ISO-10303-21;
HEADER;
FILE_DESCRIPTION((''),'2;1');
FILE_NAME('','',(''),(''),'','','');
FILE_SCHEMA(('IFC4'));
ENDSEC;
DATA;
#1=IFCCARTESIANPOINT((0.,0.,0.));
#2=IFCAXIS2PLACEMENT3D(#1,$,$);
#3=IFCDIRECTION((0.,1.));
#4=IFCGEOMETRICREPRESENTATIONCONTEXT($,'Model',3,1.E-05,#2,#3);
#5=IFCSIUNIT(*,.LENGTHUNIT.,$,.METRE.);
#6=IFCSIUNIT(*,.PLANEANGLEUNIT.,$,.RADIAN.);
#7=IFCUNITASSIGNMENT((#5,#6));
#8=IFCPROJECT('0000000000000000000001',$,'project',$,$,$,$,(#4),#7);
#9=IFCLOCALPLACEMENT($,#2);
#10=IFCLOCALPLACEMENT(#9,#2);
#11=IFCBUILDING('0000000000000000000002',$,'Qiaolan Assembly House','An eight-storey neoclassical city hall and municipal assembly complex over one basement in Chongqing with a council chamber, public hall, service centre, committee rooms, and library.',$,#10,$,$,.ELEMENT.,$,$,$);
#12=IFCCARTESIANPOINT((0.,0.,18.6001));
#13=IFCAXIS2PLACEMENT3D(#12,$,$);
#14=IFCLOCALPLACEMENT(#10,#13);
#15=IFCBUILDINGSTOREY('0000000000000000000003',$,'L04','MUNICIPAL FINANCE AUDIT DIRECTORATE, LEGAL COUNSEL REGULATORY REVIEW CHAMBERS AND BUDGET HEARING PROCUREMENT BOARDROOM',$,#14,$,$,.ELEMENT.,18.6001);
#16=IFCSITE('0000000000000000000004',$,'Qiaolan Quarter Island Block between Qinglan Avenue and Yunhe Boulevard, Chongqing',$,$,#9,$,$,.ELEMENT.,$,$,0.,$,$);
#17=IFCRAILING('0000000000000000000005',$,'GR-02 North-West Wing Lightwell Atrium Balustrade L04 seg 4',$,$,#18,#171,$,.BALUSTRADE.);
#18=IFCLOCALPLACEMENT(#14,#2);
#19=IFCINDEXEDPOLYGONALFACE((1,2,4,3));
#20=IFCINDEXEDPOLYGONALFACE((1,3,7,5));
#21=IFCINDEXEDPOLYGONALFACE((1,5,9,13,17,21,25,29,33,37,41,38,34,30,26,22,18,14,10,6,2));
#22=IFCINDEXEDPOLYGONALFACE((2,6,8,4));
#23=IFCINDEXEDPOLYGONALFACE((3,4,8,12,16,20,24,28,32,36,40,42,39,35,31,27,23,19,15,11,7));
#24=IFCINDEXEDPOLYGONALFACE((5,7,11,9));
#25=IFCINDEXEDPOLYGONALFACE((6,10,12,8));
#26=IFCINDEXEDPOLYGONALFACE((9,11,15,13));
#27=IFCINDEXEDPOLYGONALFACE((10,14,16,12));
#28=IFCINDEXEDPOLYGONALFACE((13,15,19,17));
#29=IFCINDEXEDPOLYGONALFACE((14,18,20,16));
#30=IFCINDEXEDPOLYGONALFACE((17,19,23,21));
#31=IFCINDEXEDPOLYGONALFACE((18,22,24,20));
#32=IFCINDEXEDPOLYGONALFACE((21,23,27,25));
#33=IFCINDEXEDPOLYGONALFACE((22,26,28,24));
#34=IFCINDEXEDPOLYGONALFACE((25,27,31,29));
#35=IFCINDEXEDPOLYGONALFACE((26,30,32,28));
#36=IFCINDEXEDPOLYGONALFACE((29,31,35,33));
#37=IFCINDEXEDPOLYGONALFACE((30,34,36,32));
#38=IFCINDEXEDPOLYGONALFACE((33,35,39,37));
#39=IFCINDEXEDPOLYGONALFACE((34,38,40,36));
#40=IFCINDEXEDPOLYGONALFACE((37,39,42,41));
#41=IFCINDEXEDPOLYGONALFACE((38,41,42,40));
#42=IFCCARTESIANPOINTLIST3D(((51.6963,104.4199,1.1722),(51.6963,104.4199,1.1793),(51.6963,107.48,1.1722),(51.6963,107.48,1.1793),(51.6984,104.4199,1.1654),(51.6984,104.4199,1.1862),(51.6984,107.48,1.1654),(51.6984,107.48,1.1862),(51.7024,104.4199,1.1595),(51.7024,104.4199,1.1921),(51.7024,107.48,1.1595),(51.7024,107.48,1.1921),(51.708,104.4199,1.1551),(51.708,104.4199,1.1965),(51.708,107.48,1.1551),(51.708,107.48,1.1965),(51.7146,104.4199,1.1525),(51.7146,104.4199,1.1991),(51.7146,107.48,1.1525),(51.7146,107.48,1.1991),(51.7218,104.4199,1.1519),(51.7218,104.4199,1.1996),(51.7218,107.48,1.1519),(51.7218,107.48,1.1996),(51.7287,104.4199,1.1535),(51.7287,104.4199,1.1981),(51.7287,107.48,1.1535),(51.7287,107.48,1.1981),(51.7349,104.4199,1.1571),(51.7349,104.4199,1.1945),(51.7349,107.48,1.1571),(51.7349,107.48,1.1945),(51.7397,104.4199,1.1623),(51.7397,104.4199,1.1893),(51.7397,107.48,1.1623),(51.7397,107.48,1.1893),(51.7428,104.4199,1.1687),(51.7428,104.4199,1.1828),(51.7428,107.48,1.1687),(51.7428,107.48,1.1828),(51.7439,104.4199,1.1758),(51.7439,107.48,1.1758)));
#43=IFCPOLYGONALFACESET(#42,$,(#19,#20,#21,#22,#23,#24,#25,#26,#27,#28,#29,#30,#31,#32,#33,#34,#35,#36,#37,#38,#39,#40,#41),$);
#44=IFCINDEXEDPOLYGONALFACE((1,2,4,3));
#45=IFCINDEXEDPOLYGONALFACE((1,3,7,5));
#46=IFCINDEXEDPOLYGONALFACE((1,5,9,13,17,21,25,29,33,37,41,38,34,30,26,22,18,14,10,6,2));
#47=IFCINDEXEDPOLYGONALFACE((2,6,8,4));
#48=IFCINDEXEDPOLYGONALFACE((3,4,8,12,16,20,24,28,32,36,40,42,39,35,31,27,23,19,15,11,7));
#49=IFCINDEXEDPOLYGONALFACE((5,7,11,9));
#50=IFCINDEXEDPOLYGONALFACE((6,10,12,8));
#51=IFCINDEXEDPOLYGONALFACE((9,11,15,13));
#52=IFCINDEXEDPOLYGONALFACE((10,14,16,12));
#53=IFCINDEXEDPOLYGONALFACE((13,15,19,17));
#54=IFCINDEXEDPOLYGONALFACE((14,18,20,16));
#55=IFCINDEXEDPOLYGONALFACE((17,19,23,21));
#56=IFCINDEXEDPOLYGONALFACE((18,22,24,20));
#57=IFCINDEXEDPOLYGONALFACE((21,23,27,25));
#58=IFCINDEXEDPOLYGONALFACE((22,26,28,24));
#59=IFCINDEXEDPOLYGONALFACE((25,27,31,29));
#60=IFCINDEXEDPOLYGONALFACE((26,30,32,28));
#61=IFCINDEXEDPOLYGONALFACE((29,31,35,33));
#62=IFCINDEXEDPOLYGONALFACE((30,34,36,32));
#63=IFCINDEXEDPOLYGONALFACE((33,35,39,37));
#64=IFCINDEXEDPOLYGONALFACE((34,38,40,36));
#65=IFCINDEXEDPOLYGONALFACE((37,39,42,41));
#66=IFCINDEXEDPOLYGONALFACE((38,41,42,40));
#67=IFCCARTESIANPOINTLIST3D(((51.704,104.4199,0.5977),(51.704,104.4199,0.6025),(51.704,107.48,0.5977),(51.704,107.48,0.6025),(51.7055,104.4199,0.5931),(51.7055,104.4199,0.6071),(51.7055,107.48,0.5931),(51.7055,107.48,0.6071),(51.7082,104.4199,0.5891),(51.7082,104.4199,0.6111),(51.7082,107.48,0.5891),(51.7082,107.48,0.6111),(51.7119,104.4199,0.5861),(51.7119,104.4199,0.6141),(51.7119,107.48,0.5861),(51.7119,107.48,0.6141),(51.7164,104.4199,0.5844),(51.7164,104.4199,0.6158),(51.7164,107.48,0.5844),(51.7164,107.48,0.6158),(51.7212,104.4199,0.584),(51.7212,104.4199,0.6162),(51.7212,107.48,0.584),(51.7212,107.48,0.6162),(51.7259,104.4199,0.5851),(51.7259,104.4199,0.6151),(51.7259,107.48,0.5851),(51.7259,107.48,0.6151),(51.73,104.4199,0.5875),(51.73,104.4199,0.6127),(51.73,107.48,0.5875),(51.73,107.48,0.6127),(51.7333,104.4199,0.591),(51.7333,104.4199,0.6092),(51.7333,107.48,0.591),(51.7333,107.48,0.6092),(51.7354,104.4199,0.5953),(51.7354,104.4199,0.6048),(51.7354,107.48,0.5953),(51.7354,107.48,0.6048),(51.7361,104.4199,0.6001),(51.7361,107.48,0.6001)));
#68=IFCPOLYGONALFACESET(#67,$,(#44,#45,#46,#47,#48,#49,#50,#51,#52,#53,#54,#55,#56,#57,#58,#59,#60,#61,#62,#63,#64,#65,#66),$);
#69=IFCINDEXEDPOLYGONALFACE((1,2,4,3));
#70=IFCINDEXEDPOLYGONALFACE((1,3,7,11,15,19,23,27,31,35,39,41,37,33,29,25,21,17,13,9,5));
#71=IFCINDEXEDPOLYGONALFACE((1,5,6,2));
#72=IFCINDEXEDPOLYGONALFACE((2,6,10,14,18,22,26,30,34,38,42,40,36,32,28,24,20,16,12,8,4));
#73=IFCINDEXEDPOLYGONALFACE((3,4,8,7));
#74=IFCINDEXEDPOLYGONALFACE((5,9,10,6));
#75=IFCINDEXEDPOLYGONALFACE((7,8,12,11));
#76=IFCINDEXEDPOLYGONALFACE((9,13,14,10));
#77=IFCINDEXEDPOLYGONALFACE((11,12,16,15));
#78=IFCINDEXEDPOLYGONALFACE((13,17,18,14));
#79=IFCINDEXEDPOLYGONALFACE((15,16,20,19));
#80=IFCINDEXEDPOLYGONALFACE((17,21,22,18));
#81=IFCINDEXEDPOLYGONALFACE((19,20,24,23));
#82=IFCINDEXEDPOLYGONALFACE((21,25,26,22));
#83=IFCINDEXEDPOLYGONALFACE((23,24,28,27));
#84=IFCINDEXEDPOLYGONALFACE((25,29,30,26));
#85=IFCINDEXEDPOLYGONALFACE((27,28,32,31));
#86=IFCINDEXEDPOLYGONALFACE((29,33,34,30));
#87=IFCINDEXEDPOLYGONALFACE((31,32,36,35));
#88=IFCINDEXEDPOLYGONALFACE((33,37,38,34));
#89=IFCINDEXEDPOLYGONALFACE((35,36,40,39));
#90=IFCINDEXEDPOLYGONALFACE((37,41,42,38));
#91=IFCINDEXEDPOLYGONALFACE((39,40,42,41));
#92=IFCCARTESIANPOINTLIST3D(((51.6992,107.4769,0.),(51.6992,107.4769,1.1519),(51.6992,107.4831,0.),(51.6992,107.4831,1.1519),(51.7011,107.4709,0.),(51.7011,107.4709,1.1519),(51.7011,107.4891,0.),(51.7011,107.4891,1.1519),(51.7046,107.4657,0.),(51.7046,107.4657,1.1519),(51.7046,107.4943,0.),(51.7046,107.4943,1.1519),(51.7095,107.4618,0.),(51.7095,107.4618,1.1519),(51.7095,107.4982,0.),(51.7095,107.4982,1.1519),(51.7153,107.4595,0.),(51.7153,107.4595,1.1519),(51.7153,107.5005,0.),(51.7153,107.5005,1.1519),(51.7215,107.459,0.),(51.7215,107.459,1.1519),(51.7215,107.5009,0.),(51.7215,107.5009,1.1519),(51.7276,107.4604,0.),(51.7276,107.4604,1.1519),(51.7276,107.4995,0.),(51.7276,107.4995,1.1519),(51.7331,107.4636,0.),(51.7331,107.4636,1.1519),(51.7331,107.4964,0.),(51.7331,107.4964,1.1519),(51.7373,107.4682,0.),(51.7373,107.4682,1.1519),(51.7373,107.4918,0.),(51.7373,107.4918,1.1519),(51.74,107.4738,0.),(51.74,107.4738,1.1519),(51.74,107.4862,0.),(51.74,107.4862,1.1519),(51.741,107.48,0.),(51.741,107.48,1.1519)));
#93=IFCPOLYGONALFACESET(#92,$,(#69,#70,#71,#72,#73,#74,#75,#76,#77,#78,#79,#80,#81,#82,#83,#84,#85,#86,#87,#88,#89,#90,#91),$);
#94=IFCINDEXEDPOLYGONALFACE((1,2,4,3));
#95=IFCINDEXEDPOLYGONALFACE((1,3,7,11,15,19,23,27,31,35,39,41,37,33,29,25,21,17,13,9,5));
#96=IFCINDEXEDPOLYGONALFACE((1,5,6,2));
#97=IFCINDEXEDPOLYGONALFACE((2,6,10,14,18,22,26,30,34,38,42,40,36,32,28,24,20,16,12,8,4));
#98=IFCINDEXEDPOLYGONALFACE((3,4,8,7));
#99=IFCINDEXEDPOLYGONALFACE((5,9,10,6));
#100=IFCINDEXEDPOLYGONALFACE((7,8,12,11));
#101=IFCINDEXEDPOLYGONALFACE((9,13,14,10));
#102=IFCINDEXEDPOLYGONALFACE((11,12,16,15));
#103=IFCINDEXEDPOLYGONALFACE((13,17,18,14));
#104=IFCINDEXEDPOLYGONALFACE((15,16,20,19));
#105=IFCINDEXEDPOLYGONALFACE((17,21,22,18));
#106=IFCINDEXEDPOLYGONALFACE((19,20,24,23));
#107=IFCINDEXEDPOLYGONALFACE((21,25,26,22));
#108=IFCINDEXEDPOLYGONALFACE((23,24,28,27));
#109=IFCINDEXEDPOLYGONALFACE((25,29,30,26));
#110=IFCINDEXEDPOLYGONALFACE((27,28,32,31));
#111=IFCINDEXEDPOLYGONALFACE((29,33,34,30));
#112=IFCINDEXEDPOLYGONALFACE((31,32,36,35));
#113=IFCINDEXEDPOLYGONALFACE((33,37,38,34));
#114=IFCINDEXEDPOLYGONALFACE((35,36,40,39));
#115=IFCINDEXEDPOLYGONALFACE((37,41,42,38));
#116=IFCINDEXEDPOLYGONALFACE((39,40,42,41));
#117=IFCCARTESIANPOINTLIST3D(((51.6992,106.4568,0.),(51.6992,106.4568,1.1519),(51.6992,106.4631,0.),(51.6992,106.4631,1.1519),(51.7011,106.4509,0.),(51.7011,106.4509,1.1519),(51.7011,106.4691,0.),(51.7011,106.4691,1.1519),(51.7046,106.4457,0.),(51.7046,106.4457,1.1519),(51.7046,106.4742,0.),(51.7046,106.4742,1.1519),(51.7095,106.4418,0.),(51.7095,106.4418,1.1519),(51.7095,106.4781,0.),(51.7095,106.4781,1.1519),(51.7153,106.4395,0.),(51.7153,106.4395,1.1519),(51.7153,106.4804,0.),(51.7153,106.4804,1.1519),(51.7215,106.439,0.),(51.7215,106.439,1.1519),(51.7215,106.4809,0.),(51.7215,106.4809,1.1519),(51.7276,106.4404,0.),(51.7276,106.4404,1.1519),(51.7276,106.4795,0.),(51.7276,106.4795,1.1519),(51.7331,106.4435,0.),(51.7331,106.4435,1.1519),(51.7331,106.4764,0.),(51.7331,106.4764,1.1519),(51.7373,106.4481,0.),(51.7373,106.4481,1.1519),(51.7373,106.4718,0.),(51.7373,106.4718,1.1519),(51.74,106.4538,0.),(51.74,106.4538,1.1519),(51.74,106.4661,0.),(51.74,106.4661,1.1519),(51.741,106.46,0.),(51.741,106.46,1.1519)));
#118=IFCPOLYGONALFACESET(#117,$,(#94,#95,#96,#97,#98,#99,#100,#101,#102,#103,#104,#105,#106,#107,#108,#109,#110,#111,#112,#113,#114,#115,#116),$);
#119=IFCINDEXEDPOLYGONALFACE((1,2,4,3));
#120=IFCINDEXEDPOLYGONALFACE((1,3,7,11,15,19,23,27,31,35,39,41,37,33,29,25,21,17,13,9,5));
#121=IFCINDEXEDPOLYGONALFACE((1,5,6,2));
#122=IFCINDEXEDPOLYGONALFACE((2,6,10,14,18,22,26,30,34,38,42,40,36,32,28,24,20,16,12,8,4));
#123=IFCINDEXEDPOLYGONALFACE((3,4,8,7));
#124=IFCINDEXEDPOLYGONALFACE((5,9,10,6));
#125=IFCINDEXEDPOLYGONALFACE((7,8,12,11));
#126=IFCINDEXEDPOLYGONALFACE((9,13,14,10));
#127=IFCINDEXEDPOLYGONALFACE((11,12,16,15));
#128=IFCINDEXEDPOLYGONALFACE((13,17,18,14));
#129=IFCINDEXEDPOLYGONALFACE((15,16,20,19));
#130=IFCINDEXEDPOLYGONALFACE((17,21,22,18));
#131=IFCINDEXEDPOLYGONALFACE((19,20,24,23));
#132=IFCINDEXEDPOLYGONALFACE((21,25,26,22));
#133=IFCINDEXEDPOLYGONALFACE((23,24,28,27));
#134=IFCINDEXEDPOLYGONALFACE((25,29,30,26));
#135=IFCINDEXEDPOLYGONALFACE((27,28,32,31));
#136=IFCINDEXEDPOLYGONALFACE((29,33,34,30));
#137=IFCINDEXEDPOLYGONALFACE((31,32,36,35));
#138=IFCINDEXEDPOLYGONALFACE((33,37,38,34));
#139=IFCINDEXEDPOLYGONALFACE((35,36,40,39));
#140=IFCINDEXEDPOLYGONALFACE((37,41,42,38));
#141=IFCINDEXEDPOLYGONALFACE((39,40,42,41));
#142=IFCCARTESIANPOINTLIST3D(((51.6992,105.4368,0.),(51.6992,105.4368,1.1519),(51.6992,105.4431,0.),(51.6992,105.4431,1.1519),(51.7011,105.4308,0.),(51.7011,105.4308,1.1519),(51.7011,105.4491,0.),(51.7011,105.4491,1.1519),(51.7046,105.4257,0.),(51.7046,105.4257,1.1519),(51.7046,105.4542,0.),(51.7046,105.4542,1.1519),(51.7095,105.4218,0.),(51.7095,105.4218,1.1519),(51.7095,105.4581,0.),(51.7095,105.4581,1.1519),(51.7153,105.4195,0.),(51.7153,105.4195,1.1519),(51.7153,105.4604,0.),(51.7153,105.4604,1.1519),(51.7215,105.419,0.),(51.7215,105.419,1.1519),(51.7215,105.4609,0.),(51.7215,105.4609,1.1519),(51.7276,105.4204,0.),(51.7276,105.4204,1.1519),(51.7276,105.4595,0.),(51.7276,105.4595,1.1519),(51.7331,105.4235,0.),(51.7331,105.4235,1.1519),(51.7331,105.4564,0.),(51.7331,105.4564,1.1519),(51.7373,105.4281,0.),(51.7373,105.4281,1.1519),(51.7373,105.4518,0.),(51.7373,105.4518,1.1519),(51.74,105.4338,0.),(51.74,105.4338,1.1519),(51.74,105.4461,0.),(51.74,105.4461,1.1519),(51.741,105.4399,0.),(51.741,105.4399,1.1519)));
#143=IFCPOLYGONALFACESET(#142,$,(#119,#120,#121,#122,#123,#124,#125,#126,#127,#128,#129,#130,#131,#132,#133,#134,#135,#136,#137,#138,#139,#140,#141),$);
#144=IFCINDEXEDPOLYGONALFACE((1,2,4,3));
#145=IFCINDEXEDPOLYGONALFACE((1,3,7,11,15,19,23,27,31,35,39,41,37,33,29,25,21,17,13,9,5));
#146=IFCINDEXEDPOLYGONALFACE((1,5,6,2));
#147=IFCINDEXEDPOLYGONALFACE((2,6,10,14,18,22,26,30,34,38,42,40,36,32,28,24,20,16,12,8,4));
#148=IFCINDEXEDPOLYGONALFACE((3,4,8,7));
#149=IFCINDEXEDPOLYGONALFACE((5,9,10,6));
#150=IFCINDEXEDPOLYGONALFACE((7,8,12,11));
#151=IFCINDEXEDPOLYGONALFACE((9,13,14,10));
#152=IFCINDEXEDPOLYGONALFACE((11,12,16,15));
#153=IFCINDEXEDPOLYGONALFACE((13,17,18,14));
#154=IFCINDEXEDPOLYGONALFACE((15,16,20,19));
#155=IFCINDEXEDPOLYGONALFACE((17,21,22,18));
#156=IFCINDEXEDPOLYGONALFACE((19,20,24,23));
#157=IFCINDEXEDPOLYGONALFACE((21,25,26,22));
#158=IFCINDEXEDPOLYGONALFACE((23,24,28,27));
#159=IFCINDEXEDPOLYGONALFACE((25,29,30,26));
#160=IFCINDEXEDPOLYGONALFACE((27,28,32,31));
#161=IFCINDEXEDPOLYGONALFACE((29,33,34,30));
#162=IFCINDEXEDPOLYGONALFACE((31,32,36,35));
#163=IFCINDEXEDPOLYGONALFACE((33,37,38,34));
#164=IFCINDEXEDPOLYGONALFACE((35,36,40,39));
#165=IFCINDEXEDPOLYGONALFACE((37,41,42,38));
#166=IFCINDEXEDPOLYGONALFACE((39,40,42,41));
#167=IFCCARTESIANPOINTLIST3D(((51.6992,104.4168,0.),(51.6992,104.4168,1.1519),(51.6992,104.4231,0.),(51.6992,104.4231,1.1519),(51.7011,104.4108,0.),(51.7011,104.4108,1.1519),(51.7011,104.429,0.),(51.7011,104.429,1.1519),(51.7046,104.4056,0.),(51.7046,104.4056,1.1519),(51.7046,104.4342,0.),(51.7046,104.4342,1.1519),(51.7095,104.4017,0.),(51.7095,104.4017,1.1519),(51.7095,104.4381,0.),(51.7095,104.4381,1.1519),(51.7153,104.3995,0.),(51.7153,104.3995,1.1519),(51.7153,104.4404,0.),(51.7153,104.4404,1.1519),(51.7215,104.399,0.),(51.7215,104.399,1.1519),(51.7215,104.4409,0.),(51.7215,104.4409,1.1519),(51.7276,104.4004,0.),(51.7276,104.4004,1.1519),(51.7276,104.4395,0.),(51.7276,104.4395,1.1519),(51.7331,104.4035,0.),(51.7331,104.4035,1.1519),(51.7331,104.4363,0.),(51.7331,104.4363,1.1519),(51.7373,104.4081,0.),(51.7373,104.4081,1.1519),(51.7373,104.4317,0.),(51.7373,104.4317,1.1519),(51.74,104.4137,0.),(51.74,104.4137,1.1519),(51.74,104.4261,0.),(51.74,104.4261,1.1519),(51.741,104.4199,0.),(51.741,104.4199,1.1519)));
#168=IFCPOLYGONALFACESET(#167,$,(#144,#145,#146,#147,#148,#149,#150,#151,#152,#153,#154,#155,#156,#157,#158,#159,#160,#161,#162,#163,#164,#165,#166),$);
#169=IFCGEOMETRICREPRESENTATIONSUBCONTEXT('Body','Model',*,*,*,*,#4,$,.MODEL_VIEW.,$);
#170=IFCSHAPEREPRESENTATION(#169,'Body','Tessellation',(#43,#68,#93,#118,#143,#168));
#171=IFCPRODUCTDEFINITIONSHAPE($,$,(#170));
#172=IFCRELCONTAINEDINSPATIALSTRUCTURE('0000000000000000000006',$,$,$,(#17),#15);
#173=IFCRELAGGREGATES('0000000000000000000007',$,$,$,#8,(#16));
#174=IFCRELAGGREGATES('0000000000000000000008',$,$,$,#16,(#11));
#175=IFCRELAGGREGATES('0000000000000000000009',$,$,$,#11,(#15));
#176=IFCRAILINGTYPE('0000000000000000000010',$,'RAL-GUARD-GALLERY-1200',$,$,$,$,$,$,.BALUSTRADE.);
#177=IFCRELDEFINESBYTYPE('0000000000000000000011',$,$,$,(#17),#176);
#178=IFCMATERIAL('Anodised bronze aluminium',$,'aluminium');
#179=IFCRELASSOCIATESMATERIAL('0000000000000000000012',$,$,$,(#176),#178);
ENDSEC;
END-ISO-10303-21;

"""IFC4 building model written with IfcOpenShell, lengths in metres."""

from ifc_helpers import new_model, si_unit, direction, frame, origin, origin_2d, place, context, subcontext, project, spatial, circle, extrude, material, type_object, element, save


model = new_model("IFC4")

# Units and contexts
model_context = context("Model", 3, precision=1e-05, world=origin(), true_north=direction((0.0, 1.0)))
body_context = subcontext(model_context, "Body", "Model", "MODEL_VIEW")
ifc_project = project(units=[si_unit("LENGTHUNIT", "METRE"), si_unit("PLANEANGLEUNIT", "RADIAN")], contexts=[model_context])

# Site, building, storey
site_placement = place(None, origin())
site = spatial("IfcSite", under=ifc_project, at=site_placement, Name="Qiaolan Quarter Island Block between Qinglan Avenue and Yunhe Boulevard, Chongqing", CompositionType="ELEMENT", RefElevation=0.0)
building_placement = place(site_placement, origin())
building = spatial("IfcBuilding", under=site, at=building_placement, Name="Qiaolan Assembly House", Description="An eight-storey neoclassical city hall and municipal assembly complex over one basement in Chongqing with a council chamber, public hall, service centre, committee rooms, and library.", CompositionType="ELEMENT")
storey_placement = place(building_placement, frame((0.0, 0.0, 18.6001)))
storey = spatial("IfcBuildingStorey", under=building, at=storey_placement, Name="L04", Description="MUNICIPAL FINANCE AUDIT DIRECTORATE, LEGAL COUNSEL REGULATORY REVIEW CHAMBERS AND BUDGET HEARING PROCUREMENT BOARDROOM", CompositionType="ELEMENT", Elevation=18.6001)

# Railing
ifc_material_1 = material(Name="Anodised bronze aluminium", Category="aluminium")
railing_type = type_object("IfcRailingType", Name="RAL-GUARD-GALLERY-1200", PredefinedType="BALUSTRADE", material=ifc_material_1)
railing_1_placement = place(storey_placement, frame((51.72, 107.48, 0.0)))
element("IfcRailing", 1, at=railing_1_placement, inside=storey, type_object=railing_type, Name="GR-02 North-West Wing Lightwell Atrium Balustrade L04 seg 4", PredefinedType="BALUSTRADE", context=body_context, shape_type="SweptSolid", body=[
    extrude(circle(Radius=0.0239, at=origin_2d()), frame((0.0, 0.0, 1.1758), z_axis=(0.0, -1.0, 0.0), x_axis=(1.0, 0.0, 0.0)), (0.0, 0.0, 1.0), 3.0601),
    extrude(circle(Radius=0.0161, at=origin_2d()), frame((0.0, 0.0, 0.6001), z_axis=(0.0, -1.0, 0.0), x_axis=(1.0, 0.0, 0.0)), (0.0, 0.0, 1.0), 3.0601),
    extrude(circle(Radius=0.021, at=origin_2d()), origin(), (0.0, 0.0, 1.0), 1.1519),
    extrude(circle(Radius=0.021, at=origin_2d()), frame((0.0, -1.02, 0.0)), (0.0, 0.0, 1.0), 1.1519),
    extrude(circle(Radius=0.021, at=origin_2d()), frame((0.0, -2.04, 0.0)), (0.0, 0.0, 1.0), 1.1519),
    extrude(circle(Radius=0.021, at=origin_2d()), frame((0.0, -3.0601, 0.0)), (0.0, 0.0, 1.0), 1.1519),
])

save(model, "model.ifc")
